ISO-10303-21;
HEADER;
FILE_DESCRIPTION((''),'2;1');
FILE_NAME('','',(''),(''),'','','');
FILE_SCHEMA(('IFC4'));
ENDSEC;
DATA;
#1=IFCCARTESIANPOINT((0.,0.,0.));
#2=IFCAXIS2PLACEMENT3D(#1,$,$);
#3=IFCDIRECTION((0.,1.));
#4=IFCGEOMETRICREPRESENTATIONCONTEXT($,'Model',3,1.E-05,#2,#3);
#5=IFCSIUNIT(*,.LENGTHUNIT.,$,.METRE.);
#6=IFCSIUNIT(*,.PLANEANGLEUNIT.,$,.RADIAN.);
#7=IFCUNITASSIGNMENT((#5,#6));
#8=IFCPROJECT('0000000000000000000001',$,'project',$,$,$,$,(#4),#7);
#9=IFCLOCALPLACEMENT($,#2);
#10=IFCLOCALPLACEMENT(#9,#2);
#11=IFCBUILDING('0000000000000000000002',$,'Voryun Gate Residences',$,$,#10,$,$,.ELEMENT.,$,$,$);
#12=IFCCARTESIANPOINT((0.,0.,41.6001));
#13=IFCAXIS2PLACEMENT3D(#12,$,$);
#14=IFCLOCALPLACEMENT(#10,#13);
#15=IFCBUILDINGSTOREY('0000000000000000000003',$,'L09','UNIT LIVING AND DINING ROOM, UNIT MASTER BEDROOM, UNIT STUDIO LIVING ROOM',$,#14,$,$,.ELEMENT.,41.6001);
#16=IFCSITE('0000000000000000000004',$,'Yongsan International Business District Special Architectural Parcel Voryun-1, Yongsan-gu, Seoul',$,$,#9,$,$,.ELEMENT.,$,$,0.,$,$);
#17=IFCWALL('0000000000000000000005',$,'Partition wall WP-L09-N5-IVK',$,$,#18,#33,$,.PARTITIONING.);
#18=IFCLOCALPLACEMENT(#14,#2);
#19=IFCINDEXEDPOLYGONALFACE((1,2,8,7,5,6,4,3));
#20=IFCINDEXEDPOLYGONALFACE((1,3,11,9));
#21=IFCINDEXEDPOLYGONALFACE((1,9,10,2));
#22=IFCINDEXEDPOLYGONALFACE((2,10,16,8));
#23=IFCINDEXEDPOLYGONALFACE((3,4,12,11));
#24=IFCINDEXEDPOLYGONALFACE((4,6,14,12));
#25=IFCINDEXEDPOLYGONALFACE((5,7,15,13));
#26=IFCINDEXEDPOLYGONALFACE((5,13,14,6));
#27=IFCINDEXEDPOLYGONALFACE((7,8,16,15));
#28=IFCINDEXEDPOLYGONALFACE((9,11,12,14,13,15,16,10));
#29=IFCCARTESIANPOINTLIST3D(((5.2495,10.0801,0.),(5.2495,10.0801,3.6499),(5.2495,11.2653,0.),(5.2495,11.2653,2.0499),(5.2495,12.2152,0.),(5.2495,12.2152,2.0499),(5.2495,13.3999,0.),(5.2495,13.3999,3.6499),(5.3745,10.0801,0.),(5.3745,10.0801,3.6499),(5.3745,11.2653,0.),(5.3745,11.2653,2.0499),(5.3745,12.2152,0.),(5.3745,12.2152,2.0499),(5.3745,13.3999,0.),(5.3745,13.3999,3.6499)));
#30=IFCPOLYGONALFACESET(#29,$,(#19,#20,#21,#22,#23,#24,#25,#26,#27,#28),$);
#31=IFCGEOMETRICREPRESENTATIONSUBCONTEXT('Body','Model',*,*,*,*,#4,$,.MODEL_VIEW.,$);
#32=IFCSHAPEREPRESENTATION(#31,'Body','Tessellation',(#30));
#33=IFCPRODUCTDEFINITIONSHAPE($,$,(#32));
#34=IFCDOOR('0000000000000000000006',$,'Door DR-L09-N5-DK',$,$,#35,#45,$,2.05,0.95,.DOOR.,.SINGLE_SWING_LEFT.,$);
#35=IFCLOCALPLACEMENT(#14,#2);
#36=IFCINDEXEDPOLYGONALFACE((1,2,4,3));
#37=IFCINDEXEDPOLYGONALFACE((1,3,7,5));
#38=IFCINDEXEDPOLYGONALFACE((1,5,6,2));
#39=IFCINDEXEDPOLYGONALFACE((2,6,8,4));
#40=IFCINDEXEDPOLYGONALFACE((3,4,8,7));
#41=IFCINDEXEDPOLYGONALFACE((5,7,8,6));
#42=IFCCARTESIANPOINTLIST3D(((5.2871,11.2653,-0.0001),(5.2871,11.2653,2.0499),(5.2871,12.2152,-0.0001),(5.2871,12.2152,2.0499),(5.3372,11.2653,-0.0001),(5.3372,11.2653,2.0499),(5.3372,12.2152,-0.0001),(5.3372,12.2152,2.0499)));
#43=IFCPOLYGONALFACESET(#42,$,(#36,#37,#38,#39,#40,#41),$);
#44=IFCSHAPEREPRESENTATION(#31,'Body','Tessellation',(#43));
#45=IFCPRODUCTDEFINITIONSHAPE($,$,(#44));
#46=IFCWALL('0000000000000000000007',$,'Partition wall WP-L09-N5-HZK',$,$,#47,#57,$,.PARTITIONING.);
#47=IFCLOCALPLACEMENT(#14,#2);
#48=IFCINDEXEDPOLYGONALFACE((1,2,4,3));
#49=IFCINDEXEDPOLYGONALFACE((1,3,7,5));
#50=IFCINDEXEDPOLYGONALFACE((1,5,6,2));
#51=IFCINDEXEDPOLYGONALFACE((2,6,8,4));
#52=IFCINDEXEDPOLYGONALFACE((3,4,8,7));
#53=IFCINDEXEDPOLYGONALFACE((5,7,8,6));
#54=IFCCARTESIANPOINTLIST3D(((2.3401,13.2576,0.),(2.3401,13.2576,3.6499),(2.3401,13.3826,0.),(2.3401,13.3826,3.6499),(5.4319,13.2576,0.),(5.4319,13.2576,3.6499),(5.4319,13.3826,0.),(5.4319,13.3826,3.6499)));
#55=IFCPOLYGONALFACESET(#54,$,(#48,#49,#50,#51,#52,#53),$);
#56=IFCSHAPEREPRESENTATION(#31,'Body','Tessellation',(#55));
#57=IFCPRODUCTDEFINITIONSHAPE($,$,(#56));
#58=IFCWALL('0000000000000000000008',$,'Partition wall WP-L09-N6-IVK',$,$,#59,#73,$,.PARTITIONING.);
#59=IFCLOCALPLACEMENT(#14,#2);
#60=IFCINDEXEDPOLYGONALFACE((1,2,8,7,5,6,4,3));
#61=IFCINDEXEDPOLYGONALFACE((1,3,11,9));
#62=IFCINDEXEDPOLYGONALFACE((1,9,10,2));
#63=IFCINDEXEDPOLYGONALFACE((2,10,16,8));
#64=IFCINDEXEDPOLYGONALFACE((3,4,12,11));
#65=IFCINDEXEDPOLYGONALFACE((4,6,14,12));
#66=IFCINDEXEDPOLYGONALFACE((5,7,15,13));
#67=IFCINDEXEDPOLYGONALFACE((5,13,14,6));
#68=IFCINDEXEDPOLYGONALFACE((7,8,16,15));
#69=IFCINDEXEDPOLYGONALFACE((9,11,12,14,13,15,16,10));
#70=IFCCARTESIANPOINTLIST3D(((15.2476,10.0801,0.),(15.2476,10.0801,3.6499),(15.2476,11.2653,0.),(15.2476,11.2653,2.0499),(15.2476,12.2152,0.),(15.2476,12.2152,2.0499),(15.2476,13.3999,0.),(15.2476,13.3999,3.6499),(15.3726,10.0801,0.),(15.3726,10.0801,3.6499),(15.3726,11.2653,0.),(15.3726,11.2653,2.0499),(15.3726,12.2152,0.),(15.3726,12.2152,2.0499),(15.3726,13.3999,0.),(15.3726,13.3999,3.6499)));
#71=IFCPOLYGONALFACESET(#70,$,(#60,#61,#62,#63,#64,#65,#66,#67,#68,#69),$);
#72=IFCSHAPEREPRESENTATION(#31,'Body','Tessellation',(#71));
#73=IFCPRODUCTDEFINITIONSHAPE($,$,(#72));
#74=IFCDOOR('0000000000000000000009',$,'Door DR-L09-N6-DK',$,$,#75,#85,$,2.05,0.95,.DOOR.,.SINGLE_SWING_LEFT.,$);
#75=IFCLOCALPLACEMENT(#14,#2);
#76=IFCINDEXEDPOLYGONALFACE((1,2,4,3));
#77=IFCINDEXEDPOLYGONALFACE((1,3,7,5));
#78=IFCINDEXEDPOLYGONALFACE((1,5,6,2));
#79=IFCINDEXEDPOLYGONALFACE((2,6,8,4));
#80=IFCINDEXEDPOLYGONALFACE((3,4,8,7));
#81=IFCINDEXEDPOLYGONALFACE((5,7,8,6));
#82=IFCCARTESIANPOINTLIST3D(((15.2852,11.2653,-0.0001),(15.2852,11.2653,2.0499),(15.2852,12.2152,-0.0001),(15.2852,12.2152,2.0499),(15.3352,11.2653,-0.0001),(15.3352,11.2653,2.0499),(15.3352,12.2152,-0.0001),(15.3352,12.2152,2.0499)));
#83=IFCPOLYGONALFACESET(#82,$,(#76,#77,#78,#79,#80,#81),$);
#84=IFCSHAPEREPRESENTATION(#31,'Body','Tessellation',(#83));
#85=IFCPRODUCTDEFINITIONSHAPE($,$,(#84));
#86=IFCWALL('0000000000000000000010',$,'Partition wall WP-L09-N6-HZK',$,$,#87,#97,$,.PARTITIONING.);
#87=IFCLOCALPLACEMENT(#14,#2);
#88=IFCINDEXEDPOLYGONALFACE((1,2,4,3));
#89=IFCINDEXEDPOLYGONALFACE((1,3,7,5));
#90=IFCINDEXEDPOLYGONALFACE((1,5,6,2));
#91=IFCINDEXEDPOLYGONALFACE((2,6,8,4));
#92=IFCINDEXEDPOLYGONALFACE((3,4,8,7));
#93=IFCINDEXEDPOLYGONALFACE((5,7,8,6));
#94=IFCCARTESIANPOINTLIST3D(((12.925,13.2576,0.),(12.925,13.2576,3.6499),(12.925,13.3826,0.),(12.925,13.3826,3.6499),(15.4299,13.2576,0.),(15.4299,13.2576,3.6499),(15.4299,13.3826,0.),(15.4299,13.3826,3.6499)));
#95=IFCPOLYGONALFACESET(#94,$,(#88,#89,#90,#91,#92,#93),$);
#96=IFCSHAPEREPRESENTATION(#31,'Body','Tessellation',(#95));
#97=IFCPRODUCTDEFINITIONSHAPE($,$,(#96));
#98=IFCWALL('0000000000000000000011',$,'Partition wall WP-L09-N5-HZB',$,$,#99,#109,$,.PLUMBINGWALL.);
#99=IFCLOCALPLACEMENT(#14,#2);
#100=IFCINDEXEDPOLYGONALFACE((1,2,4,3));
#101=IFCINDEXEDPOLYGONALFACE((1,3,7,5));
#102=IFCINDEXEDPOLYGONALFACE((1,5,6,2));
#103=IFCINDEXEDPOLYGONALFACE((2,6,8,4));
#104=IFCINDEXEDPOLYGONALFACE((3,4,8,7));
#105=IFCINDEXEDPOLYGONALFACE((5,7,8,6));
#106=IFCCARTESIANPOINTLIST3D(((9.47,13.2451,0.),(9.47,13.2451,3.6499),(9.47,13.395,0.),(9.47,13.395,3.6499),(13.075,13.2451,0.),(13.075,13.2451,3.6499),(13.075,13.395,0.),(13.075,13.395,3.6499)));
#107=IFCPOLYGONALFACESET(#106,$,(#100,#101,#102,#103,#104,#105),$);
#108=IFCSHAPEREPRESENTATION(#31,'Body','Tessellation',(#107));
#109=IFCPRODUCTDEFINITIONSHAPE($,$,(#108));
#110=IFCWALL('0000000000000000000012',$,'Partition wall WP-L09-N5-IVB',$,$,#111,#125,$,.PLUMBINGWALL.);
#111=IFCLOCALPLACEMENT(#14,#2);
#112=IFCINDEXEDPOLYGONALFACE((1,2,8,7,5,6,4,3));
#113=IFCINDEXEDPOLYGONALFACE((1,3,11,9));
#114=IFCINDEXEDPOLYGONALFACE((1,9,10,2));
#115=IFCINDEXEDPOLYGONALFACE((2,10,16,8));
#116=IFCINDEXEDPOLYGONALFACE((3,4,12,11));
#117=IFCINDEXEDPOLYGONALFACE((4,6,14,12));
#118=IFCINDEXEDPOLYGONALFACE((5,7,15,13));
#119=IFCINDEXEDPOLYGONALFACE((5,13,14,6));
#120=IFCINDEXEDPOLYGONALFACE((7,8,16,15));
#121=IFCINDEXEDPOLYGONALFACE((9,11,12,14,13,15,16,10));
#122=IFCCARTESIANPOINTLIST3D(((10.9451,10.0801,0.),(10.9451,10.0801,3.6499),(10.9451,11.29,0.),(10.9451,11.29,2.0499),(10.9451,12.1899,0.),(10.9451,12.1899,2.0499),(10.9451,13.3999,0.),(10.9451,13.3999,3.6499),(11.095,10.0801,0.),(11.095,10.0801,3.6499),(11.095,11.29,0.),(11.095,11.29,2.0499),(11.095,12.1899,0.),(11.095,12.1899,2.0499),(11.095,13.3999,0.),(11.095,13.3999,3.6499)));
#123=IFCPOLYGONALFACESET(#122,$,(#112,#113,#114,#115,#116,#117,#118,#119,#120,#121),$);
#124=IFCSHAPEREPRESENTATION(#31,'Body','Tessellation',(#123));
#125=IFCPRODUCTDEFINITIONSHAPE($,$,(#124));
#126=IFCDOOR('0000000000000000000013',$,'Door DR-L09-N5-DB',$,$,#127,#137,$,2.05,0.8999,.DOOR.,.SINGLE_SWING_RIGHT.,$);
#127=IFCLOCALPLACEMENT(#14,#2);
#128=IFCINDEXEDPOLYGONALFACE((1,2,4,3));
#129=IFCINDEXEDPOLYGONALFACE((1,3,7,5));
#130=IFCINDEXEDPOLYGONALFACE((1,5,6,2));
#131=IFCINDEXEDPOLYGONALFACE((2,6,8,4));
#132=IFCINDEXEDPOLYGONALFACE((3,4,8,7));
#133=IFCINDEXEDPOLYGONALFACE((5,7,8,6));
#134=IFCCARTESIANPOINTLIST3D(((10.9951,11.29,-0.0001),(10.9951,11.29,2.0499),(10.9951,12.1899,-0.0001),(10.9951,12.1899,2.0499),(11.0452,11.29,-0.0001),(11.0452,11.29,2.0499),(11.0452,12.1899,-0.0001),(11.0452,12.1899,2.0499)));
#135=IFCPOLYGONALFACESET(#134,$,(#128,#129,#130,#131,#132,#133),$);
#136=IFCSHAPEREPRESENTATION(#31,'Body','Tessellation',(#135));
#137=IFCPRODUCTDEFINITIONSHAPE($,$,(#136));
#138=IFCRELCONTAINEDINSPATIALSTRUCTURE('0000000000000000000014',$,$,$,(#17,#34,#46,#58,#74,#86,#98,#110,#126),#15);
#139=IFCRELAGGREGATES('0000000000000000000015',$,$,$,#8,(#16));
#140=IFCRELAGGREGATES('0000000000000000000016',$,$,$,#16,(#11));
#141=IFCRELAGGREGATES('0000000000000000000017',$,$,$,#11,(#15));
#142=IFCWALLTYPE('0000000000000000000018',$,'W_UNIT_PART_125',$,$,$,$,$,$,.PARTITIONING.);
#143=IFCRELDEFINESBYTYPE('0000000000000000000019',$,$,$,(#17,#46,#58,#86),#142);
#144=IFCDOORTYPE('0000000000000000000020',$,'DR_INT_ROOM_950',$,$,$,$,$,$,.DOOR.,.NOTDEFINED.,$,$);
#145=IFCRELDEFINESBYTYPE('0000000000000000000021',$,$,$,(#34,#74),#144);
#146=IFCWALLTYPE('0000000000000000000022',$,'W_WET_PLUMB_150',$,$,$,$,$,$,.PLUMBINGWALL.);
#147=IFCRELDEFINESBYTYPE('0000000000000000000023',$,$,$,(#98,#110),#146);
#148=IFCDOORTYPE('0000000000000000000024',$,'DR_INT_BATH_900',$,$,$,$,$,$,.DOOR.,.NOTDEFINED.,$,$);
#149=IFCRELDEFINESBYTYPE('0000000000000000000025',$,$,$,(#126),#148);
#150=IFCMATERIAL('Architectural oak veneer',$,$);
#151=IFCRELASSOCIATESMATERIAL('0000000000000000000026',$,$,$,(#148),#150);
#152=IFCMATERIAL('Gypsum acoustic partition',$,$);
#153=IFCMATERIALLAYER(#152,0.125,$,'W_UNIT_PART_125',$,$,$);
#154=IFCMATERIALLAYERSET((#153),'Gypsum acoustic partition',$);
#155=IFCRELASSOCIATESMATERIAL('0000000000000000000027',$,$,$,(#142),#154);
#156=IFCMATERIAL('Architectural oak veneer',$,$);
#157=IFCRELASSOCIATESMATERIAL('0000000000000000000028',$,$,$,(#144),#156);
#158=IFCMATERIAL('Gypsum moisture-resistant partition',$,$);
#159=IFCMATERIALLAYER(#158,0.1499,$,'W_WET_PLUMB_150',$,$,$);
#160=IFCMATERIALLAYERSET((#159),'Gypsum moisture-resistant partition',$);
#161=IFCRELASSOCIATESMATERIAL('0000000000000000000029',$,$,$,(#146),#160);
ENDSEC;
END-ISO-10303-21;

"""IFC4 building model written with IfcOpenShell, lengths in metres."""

from ifc_helpers import new_model, si_unit, direction, frame, frame_2d, origin, place, context, subcontext, project, spatial, rectangle, extrude, material, layer, layer_set, type_object, element, fill, save


model = new_model("IFC4")

# Units and contexts
model_context = context("Model", 3, precision=1e-05, world=origin(), true_north=direction((0.0, 1.0)))
body_context = subcontext(model_context, "Body", "Model", "MODEL_VIEW")
ifc_project = project(units=[si_unit("LENGTHUNIT", "METRE"), si_unit("PLANEANGLEUNIT", "RADIAN")], contexts=[model_context])

# Site, building, storey
site_placement = place(None, origin())
site = spatial("IfcSite", under=ifc_project, at=site_placement, Name="Yongsan International Business District Special Architectural Parcel Voryun-1, Yongsan-gu, Seoul", CompositionType="ELEMENT", RefElevation=0.0)
building_placement = place(site_placement, origin())
building = spatial("IfcBuilding", under=site, at=building_placement, Name="Voryun Gate Residences", CompositionType="ELEMENT")
storey_placement = place(building_placement, frame((0.0, 0.0, 41.6001)))
storey = spatial("IfcBuildingStorey", under=building, at=storey_placement, Name="L09", Description="UNIT LIVING AND DINING ROOM, UNIT MASTER BEDROOM, UNIT STUDIO LIVING ROOM", CompositionType="ELEMENT", Elevation=41.6001)

# Shared definitions
ifc_material_1 = material(Name="Architectural oak veneer")
door_type_1 = type_object("IfcDoorType", Name="DR_INT_BATH_900", OperationType="NOTDEFINED", PredefinedType="DOOR", material=ifc_material_1)

# Shared definitions
ifc_material_2 = material(Name="Gypsum acoustic partition")
ifc_layer_1 = layer(ifc_material_2, 0.125, Name="W_UNIT_PART_125")
ifc_layer_set_1 = layer_set([ifc_layer_1], Name="Gypsum acoustic partition")
wall_type_1 = type_object("IfcWallType", Name="W_UNIT_PART_125", PredefinedType="PARTITIONING", material=ifc_layer_set_1)
ifc_material_3 = material(Name="Architectural oak veneer")
door_type_2 = type_object("IfcDoorType", Name="DR_INT_ROOM_950", OperationType="NOTDEFINED", PredefinedType="DOOR", material=ifc_material_3)

# Wall, opening, door
wall_1_placement = place(storey_placement, frame((5.312, 10.0801, 0.0), z_axis=(0.0, 0.0, 1.0), x_axis=(0.0, 1.0, 0.0)))
wall_1 = element("IfcWall", 1, at=wall_1_placement, inside=storey, type_object=wall_type_1, Name="Partition wall WP-L09-N5-IVK", PredefinedType="PARTITIONING", context=body_context, shape_type="SweptSolid", body=[
    extrude(rectangle(XDim=3.3198, YDim=0.125, at=frame_2d((1.6599, 0.0))), origin(), (0.0, 0.0, 1.0), 3.6499),
])
opening_1_placement = place(wall_1_placement, frame((1.1851, 0.0, 0.0)))
opening_1 = element("IfcOpeningElement", 2, at=opening_1_placement, cuts=wall_1, PredefinedType="OPENING", context=body_context, shape_type="SweptSolid", body=[
    extrude(rectangle(XDim=0.95, YDim=2.05, at=frame_2d((0.4751, 1.0249))), frame((0.0, 0.0725, 0.0), z_axis=(0.0, -1.0, 0.0), x_axis=(1.0, 0.0, 0.0)), (0.0, 0.0, 1.0), 0.145),
])
door_1_placement = place(opening_1_placement, origin())
door_1 = element("IfcDoor", 3, at=door_1_placement, inside=storey, type_object=door_type_2, Name="Door DR-L09-N5-DK", OperationType="SINGLE_SWING_LEFT", OverallHeight=2.05, OverallWidth=0.95, PredefinedType="DOOR", context=body_context, shape_type="SweptSolid", body=[
    extrude(rectangle(XDim=0.95, YDim=2.05, at=frame_2d((0.4751, 1.0249))), frame((0.0, 0.0249, 0.0), z_axis=(0.0, -1.0, 0.0), x_axis=(1.0, 0.0, 0.0)), (0.0, 0.0, 1.0), 0.05),
])
fill(opening_1, door_1)

# Wall
wall_2_placement = place(storey_placement, frame((2.3401, 13.3201, 0.0), z_axis=(0.0, 0.0, 1.0), x_axis=(1.0, 0.0, 0.0)))
element("IfcWall", 4, at=wall_2_placement, inside=storey, type_object=wall_type_1, Name="Partition wall WP-L09-N5-HZK", PredefinedType="PARTITIONING", context=body_context, shape_type="SweptSolid", body=[
    extrude(rectangle(XDim=3.0918, YDim=0.125, at=frame_2d((1.5459, 0.0))), origin(), (0.0, 0.0, 1.0), 3.6499),
])

# Wall, opening, door
wall_3_placement = place(storey_placement, frame((15.3101, 10.0801, 0.0), z_axis=(0.0, 0.0, 1.0), x_axis=(0.0, 1.0, 0.0)))
wall_3 = element("IfcWall", 5, at=wall_3_placement, inside=storey, type_object=wall_type_1, Name="Partition wall WP-L09-N6-IVK", PredefinedType="PARTITIONING", context=body_context, shape_type="SweptSolid", body=[
    extrude(rectangle(XDim=3.3198, YDim=0.125, at=frame_2d((1.6599, 0.0))), origin(), (0.0, 0.0, 1.0), 3.6499),
])
opening_2_placement = place(wall_3_placement, frame((1.1851, 0.0, 0.0)))
opening_2 = element("IfcOpeningElement", 6, at=opening_2_placement, cuts=wall_3, PredefinedType="OPENING", context=body_context, shape_type="SweptSolid", body=[
    extrude(rectangle(XDim=0.95, YDim=2.05, at=frame_2d((0.4751, 1.0249))), frame((0.0, 0.0725, 0.0), z_axis=(0.0, -1.0, 0.0), x_axis=(1.0, 0.0, 0.0)), (0.0, 0.0, 1.0), 0.145),
])
door_2_placement = place(opening_2_placement, origin())
door_2 = element("IfcDoor", 7, at=door_2_placement, inside=storey, type_object=door_type_2, Name="Door DR-L09-N6-DK", OperationType="SINGLE_SWING_LEFT", OverallHeight=2.05, OverallWidth=0.95, PredefinedType="DOOR", context=body_context, shape_type="SweptSolid", body=[
    extrude(rectangle(XDim=0.95, YDim=2.05, at=frame_2d((0.4751, 1.0249))), frame((0.0, 0.0249, 0.0), z_axis=(0.0, -1.0, 0.0), x_axis=(1.0, 0.0, 0.0)), (0.0, 0.0, 1.0), 0.05),
])
fill(opening_2, door_2)

# Walls
wall_4_placement = place(storey_placement, frame((12.925, 13.3201, 0.0), z_axis=(0.0, 0.0, 1.0), x_axis=(1.0, 0.0, 0.0)))
element("IfcWall", 8, at=wall_4_placement, inside=storey, type_object=wall_type_1, Name="Partition wall WP-L09-N6-HZK", PredefinedType="PARTITIONING", context=body_context, shape_type="SweptSolid", body=[
    extrude(rectangle(XDim=2.5049, YDim=0.125, at=frame_2d((1.2524, 0.0))), origin(), (0.0, 0.0, 1.0), 3.6499),
])
ifc_material_4 = material(Name="Gypsum moisture-resistant partition")
ifc_layer_2 = layer(ifc_material_4, 0.1499, Name="W_WET_PLUMB_150")
ifc_layer_set_2 = layer_set([ifc_layer_2], Name="Gypsum moisture-resistant partition")
wall_type_2 = type_object("IfcWallType", Name="W_WET_PLUMB_150", PredefinedType="PLUMBINGWALL", material=ifc_layer_set_2)
wall_5_placement = place(storey_placement, frame((9.47, 13.3201, 0.0), z_axis=(0.0, 0.0, 1.0), x_axis=(1.0, 0.0, 0.0)))
element("IfcWall", 9, at=wall_5_placement, inside=storey, type_object=wall_type_2, Name="Partition wall WP-L09-N5-HZB", PredefinedType="PLUMBINGWALL", context=body_context, shape_type="SweptSolid", body=[
    extrude(rectangle(XDim=3.605, YDim=0.1499, at=frame_2d((1.8025, 0.0))), origin(), (0.0, 0.0, 1.0), 3.6499),
])

# Wall, opening, door
wall_6_placement = place(storey_placement, frame((11.02, 10.0801, 0.0), z_axis=(0.0, 0.0, 1.0), x_axis=(0.0, 1.0, 0.0)))
wall_6 = element("IfcWall", 10, at=wall_6_placement, inside=storey, type_object=wall_type_2, Name="Partition wall WP-L09-N5-IVB", PredefinedType="PLUMBINGWALL", context=body_context, shape_type="SweptSolid", body=[
    extrude(rectangle(XDim=3.3198, YDim=0.1499, at=frame_2d((1.6599, 0.0))), origin(), (0.0, 0.0, 1.0), 3.6499),
])
opening_3_placement = place(wall_6_placement, frame((1.21, 0.0, 0.0)))
opening_3 = element("IfcOpeningElement", 11, at=opening_3_placement, cuts=wall_6, PredefinedType="OPENING", context=body_context, shape_type="SweptSolid", body=[
    extrude(rectangle(XDim=0.8999, YDim=2.05, at=frame_2d((0.45, 1.0249))), frame((0.0, 0.085, 0.0), z_axis=(0.0, -1.0, 0.0), x_axis=(1.0, 0.0, 0.0)), (0.0, 0.0, 1.0), 0.1699),
])
door_3_placement = place(opening_3_placement, origin())
door_3 = element("IfcDoor", 12, at=door_3_placement, inside=storey, type_object=door_type_1, Name="Door DR-L09-N5-DB", OperationType="SINGLE_SWING_RIGHT", OverallHeight=2.05, OverallWidth=0.8999, PredefinedType="DOOR", context=body_context, shape_type="SweptSolid", body=[
    extrude(rectangle(XDim=0.8999, YDim=2.05, at=frame_2d((0.45, 1.0249))), frame((0.0, 0.0249, 0.0), z_axis=(0.0, -1.0, 0.0), x_axis=(1.0, 0.0, 0.0)), (0.0, 0.0, 1.0), 0.05),
])
fill(opening_3, door_3)

save(model, "model.ifc")
